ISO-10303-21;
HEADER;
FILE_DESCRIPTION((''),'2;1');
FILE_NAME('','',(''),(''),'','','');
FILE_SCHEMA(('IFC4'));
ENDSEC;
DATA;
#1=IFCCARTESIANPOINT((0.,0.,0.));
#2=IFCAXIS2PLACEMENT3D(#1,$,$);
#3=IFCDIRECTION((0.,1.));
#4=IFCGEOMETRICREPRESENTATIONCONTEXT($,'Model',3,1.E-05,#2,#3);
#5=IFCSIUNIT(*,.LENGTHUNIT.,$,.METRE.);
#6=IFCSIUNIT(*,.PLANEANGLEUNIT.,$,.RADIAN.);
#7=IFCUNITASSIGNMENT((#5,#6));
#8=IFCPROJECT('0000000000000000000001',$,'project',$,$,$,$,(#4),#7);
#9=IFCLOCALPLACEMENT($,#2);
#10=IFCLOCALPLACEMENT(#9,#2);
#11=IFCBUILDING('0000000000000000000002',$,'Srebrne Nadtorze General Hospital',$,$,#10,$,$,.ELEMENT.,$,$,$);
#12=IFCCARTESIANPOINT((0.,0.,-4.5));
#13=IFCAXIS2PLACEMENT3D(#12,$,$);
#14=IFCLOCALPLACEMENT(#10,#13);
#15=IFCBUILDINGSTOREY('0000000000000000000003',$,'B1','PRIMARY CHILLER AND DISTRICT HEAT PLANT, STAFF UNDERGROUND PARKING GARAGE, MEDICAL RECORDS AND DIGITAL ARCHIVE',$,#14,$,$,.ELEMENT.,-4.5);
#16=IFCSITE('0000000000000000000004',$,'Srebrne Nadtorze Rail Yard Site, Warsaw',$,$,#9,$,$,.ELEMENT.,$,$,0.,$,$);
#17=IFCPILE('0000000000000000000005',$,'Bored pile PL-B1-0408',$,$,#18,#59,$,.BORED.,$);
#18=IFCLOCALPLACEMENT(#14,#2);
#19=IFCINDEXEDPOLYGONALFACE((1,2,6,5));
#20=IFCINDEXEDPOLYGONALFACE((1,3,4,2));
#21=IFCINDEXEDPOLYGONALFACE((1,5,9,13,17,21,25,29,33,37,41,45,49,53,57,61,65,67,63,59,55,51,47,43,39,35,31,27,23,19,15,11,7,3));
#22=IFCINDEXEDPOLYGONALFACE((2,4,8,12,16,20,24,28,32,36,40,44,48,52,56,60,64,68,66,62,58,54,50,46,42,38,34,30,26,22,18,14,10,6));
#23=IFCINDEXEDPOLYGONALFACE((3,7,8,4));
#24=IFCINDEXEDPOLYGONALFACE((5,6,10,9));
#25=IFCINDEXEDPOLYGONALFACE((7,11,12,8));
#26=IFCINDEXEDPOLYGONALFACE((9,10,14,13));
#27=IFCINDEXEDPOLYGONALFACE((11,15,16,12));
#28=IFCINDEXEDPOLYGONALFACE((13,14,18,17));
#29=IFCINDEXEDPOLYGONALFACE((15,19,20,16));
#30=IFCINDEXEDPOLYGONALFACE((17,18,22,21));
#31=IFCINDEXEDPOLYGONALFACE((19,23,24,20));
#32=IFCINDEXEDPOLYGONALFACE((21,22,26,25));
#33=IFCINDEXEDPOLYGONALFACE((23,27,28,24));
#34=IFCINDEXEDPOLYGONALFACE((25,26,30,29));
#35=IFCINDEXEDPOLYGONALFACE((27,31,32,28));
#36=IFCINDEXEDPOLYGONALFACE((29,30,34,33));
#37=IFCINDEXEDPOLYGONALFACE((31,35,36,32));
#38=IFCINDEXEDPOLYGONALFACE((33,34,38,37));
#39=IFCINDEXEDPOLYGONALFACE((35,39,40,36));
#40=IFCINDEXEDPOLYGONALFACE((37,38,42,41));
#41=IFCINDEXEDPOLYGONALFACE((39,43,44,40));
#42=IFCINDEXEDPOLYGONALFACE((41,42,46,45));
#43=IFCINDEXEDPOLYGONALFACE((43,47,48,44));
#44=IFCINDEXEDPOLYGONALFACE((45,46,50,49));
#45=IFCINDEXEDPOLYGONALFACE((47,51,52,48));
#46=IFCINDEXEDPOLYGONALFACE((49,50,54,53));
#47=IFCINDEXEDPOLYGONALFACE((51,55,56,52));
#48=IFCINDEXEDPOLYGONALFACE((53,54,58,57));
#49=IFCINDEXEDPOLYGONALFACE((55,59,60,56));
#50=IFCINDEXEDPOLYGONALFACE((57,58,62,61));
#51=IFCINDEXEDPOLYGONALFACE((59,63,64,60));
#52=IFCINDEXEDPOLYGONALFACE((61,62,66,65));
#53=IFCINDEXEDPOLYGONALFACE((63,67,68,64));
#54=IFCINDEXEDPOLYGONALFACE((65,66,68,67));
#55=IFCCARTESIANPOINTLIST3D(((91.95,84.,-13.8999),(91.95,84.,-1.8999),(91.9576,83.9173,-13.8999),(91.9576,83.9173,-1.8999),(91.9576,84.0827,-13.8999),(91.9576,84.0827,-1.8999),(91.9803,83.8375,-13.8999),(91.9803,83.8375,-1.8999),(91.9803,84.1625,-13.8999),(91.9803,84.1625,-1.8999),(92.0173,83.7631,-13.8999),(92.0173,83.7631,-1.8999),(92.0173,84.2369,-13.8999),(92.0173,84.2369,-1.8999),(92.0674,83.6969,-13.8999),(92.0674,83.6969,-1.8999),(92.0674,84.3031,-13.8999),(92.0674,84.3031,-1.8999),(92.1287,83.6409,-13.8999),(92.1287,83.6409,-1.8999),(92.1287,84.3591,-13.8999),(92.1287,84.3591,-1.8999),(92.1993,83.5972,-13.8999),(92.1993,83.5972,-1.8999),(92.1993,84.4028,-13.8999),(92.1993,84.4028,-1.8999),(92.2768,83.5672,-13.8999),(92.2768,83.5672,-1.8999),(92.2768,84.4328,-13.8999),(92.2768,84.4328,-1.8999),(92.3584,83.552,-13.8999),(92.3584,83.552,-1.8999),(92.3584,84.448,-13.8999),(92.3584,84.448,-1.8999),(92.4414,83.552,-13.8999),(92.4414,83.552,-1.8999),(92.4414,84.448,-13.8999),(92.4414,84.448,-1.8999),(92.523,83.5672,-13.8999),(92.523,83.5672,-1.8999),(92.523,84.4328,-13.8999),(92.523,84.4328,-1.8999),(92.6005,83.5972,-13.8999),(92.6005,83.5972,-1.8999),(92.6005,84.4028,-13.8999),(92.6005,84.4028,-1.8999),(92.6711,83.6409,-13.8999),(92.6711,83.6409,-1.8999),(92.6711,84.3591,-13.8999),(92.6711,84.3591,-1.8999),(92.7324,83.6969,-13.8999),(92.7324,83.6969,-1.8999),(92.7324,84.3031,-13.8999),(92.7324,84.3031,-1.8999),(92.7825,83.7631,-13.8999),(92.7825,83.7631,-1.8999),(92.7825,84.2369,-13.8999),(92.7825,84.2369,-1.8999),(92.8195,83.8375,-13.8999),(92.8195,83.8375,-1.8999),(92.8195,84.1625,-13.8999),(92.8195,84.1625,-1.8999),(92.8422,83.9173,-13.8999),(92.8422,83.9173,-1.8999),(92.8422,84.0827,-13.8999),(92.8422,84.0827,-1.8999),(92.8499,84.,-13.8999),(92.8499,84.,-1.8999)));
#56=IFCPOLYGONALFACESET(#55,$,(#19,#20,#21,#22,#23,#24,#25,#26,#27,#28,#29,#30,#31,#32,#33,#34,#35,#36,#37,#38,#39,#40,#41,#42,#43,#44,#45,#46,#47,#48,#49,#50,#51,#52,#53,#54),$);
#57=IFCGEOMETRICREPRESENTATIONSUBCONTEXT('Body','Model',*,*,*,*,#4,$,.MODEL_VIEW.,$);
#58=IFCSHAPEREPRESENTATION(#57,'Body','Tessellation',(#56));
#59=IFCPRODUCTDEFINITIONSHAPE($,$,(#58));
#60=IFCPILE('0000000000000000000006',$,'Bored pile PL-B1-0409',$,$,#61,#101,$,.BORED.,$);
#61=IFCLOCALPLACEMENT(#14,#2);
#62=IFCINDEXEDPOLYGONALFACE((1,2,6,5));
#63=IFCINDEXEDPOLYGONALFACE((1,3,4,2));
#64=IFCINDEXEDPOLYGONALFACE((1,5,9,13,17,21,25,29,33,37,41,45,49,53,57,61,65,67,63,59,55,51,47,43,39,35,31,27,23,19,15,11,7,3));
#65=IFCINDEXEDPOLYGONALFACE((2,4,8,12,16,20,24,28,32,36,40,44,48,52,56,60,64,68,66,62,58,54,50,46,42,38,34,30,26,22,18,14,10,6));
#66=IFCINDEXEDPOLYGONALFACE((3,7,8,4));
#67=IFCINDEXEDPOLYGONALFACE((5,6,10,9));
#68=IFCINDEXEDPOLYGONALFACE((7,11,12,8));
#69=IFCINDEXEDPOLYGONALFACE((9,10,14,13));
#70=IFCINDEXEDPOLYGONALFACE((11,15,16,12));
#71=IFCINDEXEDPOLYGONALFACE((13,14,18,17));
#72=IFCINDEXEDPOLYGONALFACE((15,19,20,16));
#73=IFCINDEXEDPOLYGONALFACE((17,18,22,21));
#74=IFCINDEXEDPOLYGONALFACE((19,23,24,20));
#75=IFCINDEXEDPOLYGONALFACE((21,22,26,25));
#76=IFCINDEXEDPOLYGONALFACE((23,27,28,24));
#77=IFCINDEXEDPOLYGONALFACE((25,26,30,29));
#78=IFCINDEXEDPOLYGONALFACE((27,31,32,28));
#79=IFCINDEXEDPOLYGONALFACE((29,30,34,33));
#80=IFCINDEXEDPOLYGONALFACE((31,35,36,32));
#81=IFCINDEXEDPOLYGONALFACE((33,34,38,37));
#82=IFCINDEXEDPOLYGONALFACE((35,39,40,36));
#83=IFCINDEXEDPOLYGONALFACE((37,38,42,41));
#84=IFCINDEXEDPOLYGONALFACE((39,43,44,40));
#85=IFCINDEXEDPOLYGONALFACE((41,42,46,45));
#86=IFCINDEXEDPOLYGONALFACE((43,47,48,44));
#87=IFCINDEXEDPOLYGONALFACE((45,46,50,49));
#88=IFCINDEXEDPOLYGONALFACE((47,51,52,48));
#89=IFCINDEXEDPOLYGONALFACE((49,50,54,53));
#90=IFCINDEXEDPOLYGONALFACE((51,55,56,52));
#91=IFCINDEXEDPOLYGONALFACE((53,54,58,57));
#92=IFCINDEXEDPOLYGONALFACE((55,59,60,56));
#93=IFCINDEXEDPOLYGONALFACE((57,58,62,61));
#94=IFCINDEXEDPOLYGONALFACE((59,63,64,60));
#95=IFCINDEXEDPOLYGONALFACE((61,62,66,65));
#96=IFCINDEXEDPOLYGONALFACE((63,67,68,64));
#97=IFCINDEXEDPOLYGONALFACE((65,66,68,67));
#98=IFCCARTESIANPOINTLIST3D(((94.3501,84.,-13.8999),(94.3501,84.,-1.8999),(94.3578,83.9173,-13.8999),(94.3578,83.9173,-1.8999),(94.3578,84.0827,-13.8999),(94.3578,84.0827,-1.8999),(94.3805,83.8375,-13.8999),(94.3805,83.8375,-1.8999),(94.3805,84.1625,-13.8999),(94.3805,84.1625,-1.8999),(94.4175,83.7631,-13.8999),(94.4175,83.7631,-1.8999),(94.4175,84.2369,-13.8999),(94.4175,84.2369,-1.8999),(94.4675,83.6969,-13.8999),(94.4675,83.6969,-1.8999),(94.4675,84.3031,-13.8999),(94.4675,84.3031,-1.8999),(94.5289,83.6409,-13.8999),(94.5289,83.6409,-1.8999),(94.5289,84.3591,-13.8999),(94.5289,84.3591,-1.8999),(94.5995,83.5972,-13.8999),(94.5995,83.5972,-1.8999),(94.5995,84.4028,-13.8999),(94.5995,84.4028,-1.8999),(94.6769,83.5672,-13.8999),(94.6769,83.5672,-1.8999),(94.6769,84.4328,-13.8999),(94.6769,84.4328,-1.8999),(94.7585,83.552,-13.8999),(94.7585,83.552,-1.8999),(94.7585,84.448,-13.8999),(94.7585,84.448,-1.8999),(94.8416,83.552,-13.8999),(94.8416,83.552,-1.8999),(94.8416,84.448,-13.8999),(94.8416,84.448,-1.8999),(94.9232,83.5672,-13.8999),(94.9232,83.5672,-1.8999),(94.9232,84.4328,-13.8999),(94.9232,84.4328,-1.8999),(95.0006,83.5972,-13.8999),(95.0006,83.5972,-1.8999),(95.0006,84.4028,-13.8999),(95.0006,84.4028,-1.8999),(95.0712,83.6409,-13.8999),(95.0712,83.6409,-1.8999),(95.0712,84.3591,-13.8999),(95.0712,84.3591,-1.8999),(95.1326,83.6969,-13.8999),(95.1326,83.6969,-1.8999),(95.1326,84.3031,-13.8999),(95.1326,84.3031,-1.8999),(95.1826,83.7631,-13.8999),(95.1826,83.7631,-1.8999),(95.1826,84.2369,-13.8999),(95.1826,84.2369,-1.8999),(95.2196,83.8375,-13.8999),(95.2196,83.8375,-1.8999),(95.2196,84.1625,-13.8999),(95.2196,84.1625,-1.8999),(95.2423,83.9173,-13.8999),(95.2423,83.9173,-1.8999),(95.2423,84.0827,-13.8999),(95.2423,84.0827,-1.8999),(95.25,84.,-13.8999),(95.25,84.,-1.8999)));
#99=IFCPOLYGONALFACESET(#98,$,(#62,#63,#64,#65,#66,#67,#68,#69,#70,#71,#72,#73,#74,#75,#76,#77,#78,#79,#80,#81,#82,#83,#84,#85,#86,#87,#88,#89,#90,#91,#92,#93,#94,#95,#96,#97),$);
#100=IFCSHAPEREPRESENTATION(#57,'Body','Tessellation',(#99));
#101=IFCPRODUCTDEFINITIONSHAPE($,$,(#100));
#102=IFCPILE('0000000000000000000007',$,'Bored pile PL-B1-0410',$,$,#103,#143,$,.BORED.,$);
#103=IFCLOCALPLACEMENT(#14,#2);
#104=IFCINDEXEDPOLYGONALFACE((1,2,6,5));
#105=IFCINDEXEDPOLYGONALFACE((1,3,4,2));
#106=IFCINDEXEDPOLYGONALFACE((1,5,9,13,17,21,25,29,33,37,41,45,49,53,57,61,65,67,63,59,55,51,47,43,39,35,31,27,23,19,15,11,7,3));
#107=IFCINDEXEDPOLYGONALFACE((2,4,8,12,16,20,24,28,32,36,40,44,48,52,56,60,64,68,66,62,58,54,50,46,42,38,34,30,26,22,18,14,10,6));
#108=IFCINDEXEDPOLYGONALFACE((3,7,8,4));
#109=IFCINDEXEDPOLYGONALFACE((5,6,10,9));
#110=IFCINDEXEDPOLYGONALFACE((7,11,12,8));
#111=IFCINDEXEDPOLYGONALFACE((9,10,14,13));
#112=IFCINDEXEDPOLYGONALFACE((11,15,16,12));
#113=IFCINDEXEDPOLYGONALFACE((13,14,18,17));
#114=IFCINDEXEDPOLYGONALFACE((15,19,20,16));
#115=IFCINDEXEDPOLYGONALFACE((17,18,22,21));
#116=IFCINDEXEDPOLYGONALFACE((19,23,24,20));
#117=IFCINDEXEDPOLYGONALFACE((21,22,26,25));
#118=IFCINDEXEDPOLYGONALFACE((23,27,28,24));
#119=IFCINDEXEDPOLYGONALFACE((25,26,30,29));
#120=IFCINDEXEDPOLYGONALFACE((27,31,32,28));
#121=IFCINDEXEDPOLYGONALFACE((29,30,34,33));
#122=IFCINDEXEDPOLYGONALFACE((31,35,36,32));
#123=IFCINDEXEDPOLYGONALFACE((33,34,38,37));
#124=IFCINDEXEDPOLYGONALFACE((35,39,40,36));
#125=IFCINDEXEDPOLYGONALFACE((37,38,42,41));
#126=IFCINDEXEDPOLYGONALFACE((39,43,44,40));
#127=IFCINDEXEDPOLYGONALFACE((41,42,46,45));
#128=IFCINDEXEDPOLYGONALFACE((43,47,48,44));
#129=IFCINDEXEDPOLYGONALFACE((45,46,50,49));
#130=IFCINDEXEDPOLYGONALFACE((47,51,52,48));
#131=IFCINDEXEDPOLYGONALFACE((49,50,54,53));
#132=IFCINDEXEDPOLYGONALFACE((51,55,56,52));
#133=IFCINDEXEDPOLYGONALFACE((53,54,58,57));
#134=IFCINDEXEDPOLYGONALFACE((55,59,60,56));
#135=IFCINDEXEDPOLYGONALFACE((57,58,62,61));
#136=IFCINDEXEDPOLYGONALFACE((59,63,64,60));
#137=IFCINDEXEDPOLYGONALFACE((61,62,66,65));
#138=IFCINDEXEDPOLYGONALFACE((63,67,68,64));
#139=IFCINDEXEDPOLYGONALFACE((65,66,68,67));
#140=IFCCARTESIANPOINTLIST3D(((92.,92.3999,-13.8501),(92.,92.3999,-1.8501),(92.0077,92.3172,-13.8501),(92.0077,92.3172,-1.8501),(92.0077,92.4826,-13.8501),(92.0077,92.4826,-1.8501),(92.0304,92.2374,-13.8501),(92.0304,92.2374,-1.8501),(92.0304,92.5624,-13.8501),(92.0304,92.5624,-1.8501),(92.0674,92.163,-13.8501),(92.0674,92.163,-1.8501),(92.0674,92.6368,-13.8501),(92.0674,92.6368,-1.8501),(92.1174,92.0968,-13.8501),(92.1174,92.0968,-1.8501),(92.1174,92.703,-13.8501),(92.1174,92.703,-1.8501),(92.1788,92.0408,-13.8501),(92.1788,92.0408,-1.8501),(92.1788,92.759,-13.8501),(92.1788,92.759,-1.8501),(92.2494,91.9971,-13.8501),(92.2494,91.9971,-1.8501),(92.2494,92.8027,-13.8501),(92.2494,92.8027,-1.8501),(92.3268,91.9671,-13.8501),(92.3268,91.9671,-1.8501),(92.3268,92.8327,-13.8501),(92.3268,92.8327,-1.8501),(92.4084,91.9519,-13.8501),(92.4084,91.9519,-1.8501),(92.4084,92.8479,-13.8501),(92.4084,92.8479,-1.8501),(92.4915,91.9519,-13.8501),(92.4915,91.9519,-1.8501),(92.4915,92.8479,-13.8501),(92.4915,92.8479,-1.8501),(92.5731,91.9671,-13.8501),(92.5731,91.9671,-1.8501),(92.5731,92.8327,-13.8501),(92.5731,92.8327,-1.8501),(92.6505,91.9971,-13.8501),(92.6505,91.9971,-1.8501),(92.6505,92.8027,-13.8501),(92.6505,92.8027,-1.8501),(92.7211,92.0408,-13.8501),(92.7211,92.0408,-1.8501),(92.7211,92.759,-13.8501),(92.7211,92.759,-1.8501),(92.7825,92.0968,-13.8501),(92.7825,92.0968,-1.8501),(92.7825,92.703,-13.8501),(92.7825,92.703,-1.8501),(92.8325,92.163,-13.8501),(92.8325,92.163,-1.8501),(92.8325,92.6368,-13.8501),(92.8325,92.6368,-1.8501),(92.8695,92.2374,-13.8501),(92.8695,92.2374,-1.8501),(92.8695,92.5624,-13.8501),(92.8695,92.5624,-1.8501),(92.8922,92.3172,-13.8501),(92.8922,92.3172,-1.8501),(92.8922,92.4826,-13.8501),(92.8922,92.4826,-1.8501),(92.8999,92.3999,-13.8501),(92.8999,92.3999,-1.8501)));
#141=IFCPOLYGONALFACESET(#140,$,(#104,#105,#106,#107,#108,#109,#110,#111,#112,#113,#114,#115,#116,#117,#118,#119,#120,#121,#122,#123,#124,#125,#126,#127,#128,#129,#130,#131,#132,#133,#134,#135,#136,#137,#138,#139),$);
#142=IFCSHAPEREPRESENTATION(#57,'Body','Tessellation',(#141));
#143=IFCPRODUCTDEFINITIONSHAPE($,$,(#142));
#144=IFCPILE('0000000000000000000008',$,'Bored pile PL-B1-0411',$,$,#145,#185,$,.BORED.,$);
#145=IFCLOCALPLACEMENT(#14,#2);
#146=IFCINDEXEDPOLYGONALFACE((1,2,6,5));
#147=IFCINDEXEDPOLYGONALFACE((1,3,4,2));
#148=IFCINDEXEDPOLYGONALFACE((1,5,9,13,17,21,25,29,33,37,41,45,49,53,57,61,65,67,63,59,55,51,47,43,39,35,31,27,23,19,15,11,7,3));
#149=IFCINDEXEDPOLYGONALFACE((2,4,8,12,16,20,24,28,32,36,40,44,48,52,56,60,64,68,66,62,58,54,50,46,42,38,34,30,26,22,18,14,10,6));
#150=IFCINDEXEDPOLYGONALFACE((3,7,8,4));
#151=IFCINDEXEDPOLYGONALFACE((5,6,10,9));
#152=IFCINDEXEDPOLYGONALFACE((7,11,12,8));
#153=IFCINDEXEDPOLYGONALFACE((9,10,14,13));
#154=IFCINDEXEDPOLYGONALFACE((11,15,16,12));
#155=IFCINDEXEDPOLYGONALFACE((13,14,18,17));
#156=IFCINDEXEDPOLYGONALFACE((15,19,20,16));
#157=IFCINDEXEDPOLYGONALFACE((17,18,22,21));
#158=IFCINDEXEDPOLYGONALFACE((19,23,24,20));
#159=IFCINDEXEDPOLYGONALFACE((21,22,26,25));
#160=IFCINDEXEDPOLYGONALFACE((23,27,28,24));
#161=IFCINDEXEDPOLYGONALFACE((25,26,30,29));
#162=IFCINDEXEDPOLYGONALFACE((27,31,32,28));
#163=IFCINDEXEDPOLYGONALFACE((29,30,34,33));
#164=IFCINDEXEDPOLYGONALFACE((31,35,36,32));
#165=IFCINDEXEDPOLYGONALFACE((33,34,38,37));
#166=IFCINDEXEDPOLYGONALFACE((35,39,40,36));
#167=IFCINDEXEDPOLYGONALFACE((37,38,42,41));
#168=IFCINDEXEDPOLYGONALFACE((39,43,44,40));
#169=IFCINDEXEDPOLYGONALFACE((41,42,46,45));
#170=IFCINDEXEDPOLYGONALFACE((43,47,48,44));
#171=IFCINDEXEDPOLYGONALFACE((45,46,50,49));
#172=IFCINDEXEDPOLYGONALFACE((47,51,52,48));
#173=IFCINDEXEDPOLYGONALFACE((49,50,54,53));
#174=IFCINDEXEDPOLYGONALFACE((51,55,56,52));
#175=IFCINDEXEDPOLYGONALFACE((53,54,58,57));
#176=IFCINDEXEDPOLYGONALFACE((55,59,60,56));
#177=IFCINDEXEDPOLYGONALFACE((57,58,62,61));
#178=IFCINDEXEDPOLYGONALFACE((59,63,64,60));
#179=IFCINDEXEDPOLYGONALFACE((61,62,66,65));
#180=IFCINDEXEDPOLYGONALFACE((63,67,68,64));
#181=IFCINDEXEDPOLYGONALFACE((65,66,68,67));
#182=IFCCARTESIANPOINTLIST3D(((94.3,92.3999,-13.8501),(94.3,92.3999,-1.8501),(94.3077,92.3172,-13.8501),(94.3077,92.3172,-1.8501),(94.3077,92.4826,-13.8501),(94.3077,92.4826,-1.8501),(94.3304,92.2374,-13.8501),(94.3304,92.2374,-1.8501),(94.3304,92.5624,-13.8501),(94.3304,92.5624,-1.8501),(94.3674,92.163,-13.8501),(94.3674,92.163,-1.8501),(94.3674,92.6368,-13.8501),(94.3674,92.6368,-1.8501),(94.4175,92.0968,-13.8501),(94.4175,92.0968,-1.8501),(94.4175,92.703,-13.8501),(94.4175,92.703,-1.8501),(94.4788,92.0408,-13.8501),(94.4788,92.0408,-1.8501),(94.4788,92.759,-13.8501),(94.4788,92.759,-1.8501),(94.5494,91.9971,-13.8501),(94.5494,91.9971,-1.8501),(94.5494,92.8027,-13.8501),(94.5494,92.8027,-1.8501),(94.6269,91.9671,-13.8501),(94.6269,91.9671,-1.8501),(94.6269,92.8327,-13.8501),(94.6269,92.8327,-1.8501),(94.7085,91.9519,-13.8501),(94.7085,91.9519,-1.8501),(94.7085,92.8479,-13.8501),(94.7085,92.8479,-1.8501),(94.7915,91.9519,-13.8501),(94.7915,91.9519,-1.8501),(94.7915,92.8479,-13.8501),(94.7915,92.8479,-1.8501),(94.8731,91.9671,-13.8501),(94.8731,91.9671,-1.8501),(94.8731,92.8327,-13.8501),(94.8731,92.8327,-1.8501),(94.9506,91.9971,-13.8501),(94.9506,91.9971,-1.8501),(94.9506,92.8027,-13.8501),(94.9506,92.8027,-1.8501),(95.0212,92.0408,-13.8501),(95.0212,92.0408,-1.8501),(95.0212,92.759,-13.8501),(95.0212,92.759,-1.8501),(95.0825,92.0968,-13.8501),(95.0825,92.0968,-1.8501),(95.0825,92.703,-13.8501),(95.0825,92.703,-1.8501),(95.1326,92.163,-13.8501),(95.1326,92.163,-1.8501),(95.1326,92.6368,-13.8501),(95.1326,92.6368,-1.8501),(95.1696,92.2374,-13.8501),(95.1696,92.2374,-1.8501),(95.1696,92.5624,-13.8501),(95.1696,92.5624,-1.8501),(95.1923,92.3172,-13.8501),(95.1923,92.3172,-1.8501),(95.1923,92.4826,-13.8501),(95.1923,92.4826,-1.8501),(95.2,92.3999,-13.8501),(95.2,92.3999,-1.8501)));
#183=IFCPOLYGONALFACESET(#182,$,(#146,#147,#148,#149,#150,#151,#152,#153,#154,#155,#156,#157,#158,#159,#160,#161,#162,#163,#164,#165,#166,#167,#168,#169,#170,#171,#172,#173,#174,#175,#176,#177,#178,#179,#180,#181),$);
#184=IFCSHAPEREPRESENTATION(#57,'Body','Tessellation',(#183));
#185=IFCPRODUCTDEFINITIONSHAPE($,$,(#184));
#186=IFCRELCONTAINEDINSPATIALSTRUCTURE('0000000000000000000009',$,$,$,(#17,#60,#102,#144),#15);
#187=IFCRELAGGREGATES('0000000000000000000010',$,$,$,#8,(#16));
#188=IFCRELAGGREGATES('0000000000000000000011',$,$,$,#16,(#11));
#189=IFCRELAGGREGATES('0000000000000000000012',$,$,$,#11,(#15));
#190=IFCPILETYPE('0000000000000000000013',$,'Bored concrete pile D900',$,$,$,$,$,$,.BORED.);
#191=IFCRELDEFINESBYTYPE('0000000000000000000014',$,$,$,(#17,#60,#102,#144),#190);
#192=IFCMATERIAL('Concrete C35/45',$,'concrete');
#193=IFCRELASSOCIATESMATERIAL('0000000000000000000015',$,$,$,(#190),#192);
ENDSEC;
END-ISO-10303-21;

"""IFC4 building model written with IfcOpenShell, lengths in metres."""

from ifc_helpers import new_model, si_unit, direction, frame, origin, origin_2d, place, context, subcontext, project, spatial, circle, extrude, material, material_profile, profile_set, type_object, element, save


model = new_model("IFC4")

# Units and contexts
model_context = context("Model", 3, precision=1e-05, world=origin(), true_north=direction((0.0, 1.0)))
body_context = subcontext(model_context, "Body", "Model", "MODEL_VIEW")
ifc_project = project(units=[si_unit("LENGTHUNIT", "METRE"), si_unit("PLANEANGLEUNIT", "RADIAN")], contexts=[model_context])

# Site, building, storey
site_placement = place(None, origin())
site = spatial("IfcSite", under=ifc_project, at=site_placement, Name="Srebrne Nadtorze Rail Yard Site, Warsaw", CompositionType="ELEMENT", RefElevation=0.0)
building_placement = place(site_placement, origin())
building = spatial("IfcBuilding", under=site, at=building_placement, Name="Srebrne Nadtorze General Hospital", CompositionType="ELEMENT")
storey_placement = place(building_placement, frame((0.0, 0.0, -4.5)))
storey = spatial("IfcBuildingStorey", under=building, at=storey_placement, Name="B1", Description="PRIMARY CHILLER AND DISTRICT HEAT PLANT, STAFF UNDERGROUND PARKING GARAGE, MEDICAL RECORDS AND DIGITAL ARCHIVE", CompositionType="ELEMENT", Elevation=-4.5)

# Piles
ifc_material_1 = material(Name="Concrete C35/45", Category="concrete")
ifc_material_profile_1 = material_profile(ifc_material_1, circle(Radius=0.45, at=origin_2d()), Name="PILE-D900")
ifc_profile_set_1 = profile_set([ifc_material_profile_1], Name="Concrete C35/45")
pile_type_1 = type_object("IfcPileType", Name="Bored concrete pile D900", PredefinedType="BORED", material=ifc_profile_set_1)
for number, where, z_axis, x_axis, name in (
    (1, (92.3999, 84.0, -1.8999), (0.0, 0.0, -1.0), (1.0, 0.0, 0.0), "Bored pile PL-B1-0408"),
    (2, (94.8, 84.0, -1.8999), (0.0, 0.0, -1.0), (1.0, 0.0, 0.0), "Bored pile PL-B1-0409"),
    (3, (92.45, 92.3999, -1.8501), (0.0, 0.0, -1.0), (1.0, 0.0, 0.0), "Bored pile PL-B1-0410"),
    (4, (94.75, 92.3999, -1.8501), (0.0, 0.0, -1.0), (1.0, 0.0, 0.0), "Bored pile PL-B1-0411"),
):
    element("IfcPile", number, at=place(storey_placement, frame(where, z_axis=z_axis, x_axis=x_axis)), inside=storey, type_object=pile_type_1, Name=name, PredefinedType="BORED", context=body_context, shape_type="SweptSolid", body=[
        extrude(circle(Radius=0.45, at=origin_2d()), origin(), (0.0, 0.0, 1.0), 12.0),
    ])

save(model, "model.ifc")
